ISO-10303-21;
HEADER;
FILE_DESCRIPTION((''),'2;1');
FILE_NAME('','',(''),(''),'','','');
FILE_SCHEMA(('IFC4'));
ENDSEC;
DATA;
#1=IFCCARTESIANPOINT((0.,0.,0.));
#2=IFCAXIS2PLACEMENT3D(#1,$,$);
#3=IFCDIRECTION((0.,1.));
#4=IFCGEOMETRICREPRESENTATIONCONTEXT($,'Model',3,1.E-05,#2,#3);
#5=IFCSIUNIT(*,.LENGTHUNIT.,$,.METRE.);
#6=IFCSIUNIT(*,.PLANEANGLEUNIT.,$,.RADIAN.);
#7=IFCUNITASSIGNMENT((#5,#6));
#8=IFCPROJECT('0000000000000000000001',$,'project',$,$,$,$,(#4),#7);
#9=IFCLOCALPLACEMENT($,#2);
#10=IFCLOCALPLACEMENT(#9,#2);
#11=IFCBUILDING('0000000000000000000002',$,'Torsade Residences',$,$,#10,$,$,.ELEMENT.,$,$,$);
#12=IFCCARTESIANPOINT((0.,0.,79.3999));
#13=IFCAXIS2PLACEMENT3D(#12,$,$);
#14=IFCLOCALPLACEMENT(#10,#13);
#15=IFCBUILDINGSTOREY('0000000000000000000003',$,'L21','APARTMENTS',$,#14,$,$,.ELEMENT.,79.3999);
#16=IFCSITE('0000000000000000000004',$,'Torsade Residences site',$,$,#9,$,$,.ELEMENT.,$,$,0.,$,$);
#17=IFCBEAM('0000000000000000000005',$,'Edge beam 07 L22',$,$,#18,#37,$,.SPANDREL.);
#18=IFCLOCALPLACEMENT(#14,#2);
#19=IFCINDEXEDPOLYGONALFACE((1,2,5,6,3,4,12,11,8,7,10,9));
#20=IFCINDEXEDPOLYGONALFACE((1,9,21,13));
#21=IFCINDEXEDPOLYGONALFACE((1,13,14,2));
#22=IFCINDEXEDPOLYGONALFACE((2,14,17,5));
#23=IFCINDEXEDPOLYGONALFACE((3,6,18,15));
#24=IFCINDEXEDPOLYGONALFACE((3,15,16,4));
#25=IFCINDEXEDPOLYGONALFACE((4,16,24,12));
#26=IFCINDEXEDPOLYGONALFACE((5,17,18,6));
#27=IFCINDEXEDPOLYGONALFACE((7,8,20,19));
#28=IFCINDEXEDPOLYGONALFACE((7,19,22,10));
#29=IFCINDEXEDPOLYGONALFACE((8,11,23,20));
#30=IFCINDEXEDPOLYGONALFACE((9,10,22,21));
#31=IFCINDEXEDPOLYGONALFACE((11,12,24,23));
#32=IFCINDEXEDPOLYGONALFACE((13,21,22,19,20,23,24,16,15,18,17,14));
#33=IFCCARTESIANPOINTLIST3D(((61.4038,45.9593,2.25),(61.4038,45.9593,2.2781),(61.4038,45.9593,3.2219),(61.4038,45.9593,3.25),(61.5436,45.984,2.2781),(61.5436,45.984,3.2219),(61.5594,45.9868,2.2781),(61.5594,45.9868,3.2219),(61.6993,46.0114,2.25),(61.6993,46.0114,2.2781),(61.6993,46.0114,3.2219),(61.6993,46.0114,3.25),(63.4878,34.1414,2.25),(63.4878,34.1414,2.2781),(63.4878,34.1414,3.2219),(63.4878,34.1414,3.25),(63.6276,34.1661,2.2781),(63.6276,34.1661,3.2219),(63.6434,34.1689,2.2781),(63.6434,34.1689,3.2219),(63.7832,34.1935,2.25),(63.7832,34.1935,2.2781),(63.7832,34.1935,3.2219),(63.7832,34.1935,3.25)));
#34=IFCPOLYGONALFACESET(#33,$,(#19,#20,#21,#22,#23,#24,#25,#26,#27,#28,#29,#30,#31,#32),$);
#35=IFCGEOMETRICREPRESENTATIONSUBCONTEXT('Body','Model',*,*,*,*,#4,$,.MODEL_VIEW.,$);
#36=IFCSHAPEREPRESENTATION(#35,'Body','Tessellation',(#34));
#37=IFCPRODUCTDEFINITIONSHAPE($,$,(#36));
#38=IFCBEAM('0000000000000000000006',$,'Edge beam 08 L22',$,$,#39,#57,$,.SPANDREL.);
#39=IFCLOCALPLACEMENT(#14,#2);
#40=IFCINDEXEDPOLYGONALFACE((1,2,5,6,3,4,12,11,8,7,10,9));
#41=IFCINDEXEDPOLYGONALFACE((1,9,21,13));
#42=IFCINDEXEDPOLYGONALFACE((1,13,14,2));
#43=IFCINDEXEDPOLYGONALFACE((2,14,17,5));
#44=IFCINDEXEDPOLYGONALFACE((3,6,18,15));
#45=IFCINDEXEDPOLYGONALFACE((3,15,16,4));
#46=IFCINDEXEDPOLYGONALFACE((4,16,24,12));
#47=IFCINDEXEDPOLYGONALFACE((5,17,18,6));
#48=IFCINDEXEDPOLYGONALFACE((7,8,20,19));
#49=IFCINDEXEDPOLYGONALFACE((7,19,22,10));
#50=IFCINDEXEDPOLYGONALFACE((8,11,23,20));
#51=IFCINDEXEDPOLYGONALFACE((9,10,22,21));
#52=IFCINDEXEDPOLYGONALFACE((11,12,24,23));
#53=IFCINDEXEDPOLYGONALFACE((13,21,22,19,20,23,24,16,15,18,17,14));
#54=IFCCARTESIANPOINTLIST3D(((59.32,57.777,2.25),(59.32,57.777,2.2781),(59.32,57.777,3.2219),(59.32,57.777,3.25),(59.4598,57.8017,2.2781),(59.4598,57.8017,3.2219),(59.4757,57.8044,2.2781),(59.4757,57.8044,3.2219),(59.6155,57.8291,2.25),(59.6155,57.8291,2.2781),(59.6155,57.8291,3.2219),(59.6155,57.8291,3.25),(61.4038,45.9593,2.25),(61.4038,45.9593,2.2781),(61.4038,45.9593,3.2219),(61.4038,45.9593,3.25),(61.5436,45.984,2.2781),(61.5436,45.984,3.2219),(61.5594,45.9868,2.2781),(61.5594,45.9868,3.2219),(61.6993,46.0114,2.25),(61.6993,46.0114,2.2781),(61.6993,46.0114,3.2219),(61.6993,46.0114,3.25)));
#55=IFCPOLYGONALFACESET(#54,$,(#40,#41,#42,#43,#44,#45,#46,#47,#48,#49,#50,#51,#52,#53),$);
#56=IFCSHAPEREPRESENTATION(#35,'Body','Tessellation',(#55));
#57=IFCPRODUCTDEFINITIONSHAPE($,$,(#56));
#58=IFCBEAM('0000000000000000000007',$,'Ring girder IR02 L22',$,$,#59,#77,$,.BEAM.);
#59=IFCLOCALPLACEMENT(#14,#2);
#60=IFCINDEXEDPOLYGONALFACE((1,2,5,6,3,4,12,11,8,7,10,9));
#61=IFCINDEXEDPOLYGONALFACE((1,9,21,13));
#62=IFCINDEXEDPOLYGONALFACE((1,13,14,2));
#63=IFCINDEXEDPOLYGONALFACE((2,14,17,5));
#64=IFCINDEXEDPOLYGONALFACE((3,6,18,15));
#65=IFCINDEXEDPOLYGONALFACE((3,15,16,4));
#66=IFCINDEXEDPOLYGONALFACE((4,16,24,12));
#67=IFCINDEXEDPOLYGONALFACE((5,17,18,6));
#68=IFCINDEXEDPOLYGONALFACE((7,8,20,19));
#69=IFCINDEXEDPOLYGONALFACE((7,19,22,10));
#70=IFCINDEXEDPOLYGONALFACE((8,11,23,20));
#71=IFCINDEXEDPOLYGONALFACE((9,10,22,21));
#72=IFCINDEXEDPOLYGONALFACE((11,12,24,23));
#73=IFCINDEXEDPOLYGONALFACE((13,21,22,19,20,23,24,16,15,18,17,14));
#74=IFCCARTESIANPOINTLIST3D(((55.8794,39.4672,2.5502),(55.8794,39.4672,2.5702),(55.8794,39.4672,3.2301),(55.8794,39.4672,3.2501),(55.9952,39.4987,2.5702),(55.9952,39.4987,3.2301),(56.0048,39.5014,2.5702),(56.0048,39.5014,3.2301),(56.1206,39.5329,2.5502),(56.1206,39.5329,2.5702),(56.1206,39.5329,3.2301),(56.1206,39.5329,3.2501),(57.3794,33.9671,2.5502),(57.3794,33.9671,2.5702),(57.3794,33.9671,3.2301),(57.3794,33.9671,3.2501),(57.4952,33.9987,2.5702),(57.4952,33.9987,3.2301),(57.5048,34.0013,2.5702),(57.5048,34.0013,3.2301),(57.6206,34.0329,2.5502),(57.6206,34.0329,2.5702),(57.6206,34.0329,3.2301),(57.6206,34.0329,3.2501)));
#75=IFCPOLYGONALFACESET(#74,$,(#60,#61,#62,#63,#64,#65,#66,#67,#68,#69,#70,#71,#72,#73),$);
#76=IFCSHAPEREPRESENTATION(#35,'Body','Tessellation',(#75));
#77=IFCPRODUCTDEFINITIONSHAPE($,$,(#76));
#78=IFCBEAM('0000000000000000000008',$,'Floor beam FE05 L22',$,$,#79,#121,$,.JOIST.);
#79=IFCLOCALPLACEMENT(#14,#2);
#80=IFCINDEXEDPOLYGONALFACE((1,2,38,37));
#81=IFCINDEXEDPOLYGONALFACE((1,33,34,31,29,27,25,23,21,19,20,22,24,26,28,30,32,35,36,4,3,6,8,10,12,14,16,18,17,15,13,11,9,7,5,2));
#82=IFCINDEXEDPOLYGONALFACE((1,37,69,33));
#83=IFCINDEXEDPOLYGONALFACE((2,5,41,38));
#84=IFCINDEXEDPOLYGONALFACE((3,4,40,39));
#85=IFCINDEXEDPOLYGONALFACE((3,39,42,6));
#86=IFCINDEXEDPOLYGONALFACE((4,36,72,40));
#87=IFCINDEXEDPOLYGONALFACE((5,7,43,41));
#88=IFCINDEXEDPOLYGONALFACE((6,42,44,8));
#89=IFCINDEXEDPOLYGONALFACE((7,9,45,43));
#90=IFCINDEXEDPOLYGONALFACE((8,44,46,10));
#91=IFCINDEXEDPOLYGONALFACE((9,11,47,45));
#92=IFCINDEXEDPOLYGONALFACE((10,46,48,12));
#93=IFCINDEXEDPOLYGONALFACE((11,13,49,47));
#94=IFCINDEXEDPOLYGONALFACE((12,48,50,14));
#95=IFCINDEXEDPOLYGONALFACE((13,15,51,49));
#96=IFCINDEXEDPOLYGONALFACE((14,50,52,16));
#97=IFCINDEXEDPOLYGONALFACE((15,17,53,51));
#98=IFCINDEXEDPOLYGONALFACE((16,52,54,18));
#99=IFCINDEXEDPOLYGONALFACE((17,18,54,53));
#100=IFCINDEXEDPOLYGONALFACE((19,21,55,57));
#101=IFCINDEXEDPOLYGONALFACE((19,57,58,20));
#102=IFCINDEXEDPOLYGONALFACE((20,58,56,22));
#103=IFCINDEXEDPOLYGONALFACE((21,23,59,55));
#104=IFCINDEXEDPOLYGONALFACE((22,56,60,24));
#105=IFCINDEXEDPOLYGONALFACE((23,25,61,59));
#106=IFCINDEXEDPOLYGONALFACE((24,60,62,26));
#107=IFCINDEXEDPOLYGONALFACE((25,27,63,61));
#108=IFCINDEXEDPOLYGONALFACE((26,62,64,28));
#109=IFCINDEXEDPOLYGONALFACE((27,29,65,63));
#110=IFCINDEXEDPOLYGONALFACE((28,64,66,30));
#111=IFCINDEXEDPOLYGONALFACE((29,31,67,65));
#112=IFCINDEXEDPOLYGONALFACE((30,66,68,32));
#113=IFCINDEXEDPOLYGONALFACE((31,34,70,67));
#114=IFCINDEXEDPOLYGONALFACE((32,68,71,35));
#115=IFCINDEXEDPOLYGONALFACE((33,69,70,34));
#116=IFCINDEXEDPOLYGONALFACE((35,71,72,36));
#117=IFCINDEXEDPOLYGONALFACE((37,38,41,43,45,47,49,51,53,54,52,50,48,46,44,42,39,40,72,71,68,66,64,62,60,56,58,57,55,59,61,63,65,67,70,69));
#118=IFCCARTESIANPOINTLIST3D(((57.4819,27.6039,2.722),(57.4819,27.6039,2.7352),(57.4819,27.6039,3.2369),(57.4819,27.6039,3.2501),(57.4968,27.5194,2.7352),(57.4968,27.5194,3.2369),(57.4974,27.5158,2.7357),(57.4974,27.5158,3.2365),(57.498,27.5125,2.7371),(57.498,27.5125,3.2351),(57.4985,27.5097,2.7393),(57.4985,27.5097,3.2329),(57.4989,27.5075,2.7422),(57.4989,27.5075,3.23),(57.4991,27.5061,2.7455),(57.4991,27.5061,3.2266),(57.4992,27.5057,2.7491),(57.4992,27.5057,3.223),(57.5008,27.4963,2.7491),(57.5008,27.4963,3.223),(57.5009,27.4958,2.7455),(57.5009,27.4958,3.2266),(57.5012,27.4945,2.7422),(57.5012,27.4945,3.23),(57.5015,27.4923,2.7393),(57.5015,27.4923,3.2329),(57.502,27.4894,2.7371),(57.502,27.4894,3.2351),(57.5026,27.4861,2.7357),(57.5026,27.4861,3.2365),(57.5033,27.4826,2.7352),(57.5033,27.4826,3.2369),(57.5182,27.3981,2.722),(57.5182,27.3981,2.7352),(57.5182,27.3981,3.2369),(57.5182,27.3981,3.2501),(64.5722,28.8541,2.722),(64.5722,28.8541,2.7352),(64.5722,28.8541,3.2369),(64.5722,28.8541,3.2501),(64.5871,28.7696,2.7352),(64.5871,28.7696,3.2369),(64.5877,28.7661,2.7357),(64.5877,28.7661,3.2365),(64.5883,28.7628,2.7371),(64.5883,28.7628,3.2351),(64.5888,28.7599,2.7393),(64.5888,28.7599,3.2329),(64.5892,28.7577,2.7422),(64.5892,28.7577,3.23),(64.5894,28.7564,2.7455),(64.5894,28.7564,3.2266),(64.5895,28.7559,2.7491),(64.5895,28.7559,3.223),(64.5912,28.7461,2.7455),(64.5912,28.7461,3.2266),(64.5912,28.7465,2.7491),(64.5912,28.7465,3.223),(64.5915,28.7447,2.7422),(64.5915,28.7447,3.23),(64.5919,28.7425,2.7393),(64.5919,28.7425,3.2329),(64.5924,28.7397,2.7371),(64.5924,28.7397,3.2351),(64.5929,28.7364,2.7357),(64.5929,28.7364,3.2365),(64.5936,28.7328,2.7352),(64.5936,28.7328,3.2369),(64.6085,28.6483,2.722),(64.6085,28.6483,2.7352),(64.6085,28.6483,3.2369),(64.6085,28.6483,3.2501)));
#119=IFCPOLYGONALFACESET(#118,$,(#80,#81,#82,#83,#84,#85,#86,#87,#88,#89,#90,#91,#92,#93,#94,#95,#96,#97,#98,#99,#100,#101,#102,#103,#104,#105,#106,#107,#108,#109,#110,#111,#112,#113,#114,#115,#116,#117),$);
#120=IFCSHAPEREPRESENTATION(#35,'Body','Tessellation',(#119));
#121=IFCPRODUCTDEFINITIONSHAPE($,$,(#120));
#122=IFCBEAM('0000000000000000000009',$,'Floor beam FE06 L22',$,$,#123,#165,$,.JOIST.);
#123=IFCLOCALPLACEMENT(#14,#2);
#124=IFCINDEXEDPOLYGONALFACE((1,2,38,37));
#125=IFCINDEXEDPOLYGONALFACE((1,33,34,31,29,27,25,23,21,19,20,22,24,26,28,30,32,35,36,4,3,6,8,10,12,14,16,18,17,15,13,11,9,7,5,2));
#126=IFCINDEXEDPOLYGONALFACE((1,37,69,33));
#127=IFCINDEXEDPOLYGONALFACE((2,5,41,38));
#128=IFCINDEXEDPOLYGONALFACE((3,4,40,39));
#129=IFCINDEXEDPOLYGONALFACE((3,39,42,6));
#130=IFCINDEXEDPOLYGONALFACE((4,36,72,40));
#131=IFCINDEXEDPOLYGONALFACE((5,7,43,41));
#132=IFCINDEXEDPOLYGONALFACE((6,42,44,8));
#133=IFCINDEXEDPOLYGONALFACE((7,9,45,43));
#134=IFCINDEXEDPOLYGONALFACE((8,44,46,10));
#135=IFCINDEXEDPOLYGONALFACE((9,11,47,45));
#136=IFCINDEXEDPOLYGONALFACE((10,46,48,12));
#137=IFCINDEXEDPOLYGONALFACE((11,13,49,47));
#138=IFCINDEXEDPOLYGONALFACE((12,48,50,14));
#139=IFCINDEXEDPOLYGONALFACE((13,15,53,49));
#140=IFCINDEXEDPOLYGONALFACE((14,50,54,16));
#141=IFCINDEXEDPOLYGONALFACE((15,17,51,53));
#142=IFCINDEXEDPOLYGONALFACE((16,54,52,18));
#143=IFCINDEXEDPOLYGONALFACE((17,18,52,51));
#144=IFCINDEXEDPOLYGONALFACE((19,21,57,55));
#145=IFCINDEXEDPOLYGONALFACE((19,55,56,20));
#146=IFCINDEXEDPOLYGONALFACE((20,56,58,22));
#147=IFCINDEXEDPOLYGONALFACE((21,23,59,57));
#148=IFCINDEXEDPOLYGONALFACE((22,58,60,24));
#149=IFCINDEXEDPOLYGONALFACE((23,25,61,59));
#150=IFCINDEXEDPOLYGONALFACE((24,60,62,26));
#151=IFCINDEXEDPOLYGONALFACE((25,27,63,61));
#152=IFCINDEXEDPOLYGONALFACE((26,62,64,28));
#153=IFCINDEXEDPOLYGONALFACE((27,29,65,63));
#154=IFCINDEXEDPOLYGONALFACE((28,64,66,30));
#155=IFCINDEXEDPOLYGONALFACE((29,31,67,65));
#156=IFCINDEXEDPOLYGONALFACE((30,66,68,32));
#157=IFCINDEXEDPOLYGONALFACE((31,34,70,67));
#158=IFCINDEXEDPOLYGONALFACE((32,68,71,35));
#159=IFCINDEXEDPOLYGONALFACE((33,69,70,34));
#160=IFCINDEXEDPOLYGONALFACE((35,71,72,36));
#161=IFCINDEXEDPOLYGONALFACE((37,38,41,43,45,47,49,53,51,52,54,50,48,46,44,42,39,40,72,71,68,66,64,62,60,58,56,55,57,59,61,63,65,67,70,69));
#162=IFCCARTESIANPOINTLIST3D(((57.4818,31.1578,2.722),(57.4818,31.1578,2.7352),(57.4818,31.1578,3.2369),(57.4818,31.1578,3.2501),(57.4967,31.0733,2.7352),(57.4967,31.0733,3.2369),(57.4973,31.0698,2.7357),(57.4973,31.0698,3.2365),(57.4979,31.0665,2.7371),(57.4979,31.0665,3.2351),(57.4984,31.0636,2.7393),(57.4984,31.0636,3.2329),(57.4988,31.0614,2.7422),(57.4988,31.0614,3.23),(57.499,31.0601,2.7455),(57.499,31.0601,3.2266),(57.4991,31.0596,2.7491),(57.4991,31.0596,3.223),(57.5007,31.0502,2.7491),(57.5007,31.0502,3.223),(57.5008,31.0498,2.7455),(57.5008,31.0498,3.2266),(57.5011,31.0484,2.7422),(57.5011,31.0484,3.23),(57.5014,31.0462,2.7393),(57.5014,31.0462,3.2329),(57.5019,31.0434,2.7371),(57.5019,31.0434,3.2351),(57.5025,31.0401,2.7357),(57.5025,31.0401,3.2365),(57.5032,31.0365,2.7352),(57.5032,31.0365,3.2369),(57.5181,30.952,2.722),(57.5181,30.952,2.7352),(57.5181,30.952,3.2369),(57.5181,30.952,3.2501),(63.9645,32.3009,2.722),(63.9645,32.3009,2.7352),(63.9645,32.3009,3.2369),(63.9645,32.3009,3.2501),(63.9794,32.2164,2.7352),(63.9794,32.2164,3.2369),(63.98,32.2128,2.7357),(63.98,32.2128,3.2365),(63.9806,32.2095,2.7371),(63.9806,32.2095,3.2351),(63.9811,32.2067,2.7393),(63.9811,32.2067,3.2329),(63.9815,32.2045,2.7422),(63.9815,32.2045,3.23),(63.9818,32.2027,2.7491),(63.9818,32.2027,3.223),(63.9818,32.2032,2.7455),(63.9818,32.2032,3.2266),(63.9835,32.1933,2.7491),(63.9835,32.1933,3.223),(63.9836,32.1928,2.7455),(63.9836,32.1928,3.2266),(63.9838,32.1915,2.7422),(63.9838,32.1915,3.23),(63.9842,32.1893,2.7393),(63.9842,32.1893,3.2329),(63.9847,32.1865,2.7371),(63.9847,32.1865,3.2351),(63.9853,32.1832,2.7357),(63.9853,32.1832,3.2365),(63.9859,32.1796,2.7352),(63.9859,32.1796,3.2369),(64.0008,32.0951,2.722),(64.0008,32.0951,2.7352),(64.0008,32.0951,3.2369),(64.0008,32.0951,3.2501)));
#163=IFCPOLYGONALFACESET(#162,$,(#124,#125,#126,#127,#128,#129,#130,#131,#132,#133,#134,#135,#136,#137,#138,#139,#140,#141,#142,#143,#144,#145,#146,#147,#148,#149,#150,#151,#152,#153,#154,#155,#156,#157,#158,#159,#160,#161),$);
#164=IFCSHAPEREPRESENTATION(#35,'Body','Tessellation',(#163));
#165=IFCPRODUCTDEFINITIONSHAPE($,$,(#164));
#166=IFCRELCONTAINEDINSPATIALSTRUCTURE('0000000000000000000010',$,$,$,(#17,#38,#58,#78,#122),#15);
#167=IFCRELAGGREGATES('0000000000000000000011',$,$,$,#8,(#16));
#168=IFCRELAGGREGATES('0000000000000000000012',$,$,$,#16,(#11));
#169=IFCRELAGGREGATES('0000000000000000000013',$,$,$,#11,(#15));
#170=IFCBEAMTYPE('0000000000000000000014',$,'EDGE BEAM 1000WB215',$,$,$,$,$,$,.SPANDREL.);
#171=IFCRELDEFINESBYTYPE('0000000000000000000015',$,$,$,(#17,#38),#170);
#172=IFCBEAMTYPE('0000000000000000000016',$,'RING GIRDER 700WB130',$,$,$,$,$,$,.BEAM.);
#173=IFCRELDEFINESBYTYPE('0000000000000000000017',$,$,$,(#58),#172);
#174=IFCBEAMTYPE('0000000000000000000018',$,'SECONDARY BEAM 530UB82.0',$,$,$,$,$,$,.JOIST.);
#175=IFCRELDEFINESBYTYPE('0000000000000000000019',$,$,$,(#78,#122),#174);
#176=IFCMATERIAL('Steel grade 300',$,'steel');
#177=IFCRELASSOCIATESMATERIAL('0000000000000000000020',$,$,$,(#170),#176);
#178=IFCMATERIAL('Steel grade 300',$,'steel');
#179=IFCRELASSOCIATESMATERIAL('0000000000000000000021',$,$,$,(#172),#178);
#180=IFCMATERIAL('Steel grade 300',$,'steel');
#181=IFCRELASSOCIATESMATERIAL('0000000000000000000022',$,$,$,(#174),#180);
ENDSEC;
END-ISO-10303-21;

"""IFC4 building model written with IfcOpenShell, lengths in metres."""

from ifc_helpers import new_model, si_unit, direction, frame, origin, origin_2d, place, context, subcontext, project, spatial, i_section, extrude, material, material_profile, profile_set, type_object, element, save


model = new_model("IFC4")

# Units and contexts
model_context = context("Model", 3, precision=1e-05, world=origin(), true_north=direction((0.0, 1.0)))
body_context = subcontext(model_context, "Body", "Model", "MODEL_VIEW")
ifc_project = project(units=[si_unit("LENGTHUNIT", "METRE"), si_unit("PLANEANGLEUNIT", "RADIAN")], contexts=[model_context])

# Site, building, storey
site_placement = place(None, origin())
site = spatial("IfcSite", under=ifc_project, at=site_placement, Name="Torsade Residences site", CompositionType="ELEMENT", RefElevation=0.0)
building_placement = place(site_placement, origin())
building = spatial("IfcBuilding", under=site, at=building_placement, Name="Torsade Residences", CompositionType="ELEMENT")
storey_placement = place(building_placement, frame((0.0, 0.0, 79.3999)))
storey = spatial("IfcBuildingStorey", under=building, at=storey_placement, Name="L21", Description="APARTMENTS", CompositionType="ELEMENT", Elevation=79.3999)

# Beams
ifc_material_1 = material(Name="Steel grade 300", Category="steel")
ifc_material_profile_1 = material_profile(ifc_material_1, i_section(OverallWidth=0.3, OverallDepth=1.0, WebThickness=0.0161, FlangeThickness=0.0281, at=origin_2d()), Name="1000WB215")
ifc_profile_set_1 = profile_set([ifc_material_profile_1], Name="Steel grade 300")
beam_type_1 = type_object("IfcBeamType", Name="EDGE BEAM 1000WB215", PredefinedType="SPANDREL", material=ifc_profile_set_1)
beam_1_placement = place(storey_placement, frame((63.6355, 34.1675, 2.75), z_axis=(-0.173662, 0.984805, 0.0), x_axis=(-0.984805, -0.173662, 0.0)))
element("IfcBeam", 1, at=beam_1_placement, inside=storey, type_object=beam_type_1, Name="Edge beam 07 L22", PredefinedType="SPANDREL", context=body_context, shape_type="SweptSolid", body=[
    extrude(i_section(OverallWidth=0.3, OverallDepth=1.0, WebThickness=0.0161, FlangeThickness=0.0281, at=origin_2d()), origin(), (0.0, 0.0, 1.0), 12.0002),
])
beam_2_placement = place(storey_placement, frame((61.5515, 45.9854, 2.75), z_axis=(-0.173646, 0.984808, 0.0), x_axis=(-0.984808, -0.173646, 0.0)))
element("IfcBeam", 2, at=beam_2_placement, inside=storey, type_object=beam_type_1, Name="Edge beam 08 L22", PredefinedType="SPANDREL", context=body_context, shape_type="SweptSolid", body=[
    extrude(i_section(OverallWidth=0.3, OverallDepth=1.0, WebThickness=0.0161, FlangeThickness=0.0281, at=origin_2d()), origin(), (0.0, 0.0, 1.0), 12.0),
])
ifc_material_2 = material(Name="Steel grade 300", Category="steel")
ifc_material_profile_2 = material_profile(ifc_material_2, i_section(OverallWidth=0.25, OverallDepth=0.7, WebThickness=0.01, FlangeThickness=0.02, at=origin_2d()), Name="700WB130")
ifc_profile_set_2 = profile_set([ifc_material_profile_2], Name="Steel grade 300")
beam_type_2 = type_object("IfcBeamType", Name="RING GIRDER 700WB130", PredefinedType="BEAM", material=ifc_profile_set_2)
beam_3_placement = place(storey_placement, frame((57.5, 34.0, 2.9001), z_axis=(-0.263117, 0.964764, 0.0), x_axis=(-0.964764, -0.263117, 0.0)))
element("IfcBeam", 3, at=beam_3_placement, inside=storey, type_object=beam_type_2, Name="Ring girder IR02 L22", PredefinedType="BEAM", context=body_context, shape_type="SweptSolid", body=[
    extrude(i_section(OverallWidth=0.25, OverallDepth=0.7, WebThickness=0.01, FlangeThickness=0.02, at=origin_2d()), origin(), (0.0, 0.0, 1.0), 5.7009),
])
ifc_material_3 = material(Name="Steel grade 300", Category="steel")
ifc_material_profile_3 = material_profile(ifc_material_3, i_section(OverallWidth=0.209, OverallDepth=0.5281, WebThickness=0.0095, FlangeThickness=0.0132, FilletRadius=0.0139, at=origin_2d()), Name="530UB82.0")
ifc_profile_set_3 = profile_set([ifc_material_profile_3], Name="Steel grade 300")
beam_type_3 = type_object("IfcBeamType", Name="SECONDARY BEAM 530UB82.0", PredefinedType="JOIST", material=ifc_profile_set_3)
beam_4_placement = place(storey_placement, frame((64.5903, 28.7512, 2.9861), z_axis=(-0.984807, -0.173652, 0.0), x_axis=(0.173652, -0.984807, 0.0)))
element("IfcBeam", 4, at=beam_4_placement, inside=storey, type_object=beam_type_3, Name="Floor beam FE05 L22", PredefinedType="JOIST", context=body_context, shape_type="SweptSolid", body=[
    extrude(i_section(OverallWidth=0.209, OverallDepth=0.5281, WebThickness=0.0095, FlangeThickness=0.0132, FilletRadius=0.0139, at=origin_2d()), origin(), (0.0, 0.0, 1.0), 7.1997),
])
beam_5_placement = place(storey_placement, frame((63.9827, 32.198, 2.9861), z_axis=(-0.984808, -0.173648, 0.0), x_axis=(0.173648, -0.984808, 0.0)))
element("IfcBeam", 5, at=beam_5_placement, inside=storey, type_object=beam_type_3, Name="Floor beam FE06 L22", PredefinedType="JOIST", context=body_context, shape_type="SweptSolid", body=[
    extrude(i_section(OverallWidth=0.209, OverallDepth=0.5281, WebThickness=0.0095, FlangeThickness=0.0132, FilletRadius=0.0139, at=origin_2d()), origin(), (0.0, 0.0, 1.0), 6.5828),
])

save(model, "model.ifc")
